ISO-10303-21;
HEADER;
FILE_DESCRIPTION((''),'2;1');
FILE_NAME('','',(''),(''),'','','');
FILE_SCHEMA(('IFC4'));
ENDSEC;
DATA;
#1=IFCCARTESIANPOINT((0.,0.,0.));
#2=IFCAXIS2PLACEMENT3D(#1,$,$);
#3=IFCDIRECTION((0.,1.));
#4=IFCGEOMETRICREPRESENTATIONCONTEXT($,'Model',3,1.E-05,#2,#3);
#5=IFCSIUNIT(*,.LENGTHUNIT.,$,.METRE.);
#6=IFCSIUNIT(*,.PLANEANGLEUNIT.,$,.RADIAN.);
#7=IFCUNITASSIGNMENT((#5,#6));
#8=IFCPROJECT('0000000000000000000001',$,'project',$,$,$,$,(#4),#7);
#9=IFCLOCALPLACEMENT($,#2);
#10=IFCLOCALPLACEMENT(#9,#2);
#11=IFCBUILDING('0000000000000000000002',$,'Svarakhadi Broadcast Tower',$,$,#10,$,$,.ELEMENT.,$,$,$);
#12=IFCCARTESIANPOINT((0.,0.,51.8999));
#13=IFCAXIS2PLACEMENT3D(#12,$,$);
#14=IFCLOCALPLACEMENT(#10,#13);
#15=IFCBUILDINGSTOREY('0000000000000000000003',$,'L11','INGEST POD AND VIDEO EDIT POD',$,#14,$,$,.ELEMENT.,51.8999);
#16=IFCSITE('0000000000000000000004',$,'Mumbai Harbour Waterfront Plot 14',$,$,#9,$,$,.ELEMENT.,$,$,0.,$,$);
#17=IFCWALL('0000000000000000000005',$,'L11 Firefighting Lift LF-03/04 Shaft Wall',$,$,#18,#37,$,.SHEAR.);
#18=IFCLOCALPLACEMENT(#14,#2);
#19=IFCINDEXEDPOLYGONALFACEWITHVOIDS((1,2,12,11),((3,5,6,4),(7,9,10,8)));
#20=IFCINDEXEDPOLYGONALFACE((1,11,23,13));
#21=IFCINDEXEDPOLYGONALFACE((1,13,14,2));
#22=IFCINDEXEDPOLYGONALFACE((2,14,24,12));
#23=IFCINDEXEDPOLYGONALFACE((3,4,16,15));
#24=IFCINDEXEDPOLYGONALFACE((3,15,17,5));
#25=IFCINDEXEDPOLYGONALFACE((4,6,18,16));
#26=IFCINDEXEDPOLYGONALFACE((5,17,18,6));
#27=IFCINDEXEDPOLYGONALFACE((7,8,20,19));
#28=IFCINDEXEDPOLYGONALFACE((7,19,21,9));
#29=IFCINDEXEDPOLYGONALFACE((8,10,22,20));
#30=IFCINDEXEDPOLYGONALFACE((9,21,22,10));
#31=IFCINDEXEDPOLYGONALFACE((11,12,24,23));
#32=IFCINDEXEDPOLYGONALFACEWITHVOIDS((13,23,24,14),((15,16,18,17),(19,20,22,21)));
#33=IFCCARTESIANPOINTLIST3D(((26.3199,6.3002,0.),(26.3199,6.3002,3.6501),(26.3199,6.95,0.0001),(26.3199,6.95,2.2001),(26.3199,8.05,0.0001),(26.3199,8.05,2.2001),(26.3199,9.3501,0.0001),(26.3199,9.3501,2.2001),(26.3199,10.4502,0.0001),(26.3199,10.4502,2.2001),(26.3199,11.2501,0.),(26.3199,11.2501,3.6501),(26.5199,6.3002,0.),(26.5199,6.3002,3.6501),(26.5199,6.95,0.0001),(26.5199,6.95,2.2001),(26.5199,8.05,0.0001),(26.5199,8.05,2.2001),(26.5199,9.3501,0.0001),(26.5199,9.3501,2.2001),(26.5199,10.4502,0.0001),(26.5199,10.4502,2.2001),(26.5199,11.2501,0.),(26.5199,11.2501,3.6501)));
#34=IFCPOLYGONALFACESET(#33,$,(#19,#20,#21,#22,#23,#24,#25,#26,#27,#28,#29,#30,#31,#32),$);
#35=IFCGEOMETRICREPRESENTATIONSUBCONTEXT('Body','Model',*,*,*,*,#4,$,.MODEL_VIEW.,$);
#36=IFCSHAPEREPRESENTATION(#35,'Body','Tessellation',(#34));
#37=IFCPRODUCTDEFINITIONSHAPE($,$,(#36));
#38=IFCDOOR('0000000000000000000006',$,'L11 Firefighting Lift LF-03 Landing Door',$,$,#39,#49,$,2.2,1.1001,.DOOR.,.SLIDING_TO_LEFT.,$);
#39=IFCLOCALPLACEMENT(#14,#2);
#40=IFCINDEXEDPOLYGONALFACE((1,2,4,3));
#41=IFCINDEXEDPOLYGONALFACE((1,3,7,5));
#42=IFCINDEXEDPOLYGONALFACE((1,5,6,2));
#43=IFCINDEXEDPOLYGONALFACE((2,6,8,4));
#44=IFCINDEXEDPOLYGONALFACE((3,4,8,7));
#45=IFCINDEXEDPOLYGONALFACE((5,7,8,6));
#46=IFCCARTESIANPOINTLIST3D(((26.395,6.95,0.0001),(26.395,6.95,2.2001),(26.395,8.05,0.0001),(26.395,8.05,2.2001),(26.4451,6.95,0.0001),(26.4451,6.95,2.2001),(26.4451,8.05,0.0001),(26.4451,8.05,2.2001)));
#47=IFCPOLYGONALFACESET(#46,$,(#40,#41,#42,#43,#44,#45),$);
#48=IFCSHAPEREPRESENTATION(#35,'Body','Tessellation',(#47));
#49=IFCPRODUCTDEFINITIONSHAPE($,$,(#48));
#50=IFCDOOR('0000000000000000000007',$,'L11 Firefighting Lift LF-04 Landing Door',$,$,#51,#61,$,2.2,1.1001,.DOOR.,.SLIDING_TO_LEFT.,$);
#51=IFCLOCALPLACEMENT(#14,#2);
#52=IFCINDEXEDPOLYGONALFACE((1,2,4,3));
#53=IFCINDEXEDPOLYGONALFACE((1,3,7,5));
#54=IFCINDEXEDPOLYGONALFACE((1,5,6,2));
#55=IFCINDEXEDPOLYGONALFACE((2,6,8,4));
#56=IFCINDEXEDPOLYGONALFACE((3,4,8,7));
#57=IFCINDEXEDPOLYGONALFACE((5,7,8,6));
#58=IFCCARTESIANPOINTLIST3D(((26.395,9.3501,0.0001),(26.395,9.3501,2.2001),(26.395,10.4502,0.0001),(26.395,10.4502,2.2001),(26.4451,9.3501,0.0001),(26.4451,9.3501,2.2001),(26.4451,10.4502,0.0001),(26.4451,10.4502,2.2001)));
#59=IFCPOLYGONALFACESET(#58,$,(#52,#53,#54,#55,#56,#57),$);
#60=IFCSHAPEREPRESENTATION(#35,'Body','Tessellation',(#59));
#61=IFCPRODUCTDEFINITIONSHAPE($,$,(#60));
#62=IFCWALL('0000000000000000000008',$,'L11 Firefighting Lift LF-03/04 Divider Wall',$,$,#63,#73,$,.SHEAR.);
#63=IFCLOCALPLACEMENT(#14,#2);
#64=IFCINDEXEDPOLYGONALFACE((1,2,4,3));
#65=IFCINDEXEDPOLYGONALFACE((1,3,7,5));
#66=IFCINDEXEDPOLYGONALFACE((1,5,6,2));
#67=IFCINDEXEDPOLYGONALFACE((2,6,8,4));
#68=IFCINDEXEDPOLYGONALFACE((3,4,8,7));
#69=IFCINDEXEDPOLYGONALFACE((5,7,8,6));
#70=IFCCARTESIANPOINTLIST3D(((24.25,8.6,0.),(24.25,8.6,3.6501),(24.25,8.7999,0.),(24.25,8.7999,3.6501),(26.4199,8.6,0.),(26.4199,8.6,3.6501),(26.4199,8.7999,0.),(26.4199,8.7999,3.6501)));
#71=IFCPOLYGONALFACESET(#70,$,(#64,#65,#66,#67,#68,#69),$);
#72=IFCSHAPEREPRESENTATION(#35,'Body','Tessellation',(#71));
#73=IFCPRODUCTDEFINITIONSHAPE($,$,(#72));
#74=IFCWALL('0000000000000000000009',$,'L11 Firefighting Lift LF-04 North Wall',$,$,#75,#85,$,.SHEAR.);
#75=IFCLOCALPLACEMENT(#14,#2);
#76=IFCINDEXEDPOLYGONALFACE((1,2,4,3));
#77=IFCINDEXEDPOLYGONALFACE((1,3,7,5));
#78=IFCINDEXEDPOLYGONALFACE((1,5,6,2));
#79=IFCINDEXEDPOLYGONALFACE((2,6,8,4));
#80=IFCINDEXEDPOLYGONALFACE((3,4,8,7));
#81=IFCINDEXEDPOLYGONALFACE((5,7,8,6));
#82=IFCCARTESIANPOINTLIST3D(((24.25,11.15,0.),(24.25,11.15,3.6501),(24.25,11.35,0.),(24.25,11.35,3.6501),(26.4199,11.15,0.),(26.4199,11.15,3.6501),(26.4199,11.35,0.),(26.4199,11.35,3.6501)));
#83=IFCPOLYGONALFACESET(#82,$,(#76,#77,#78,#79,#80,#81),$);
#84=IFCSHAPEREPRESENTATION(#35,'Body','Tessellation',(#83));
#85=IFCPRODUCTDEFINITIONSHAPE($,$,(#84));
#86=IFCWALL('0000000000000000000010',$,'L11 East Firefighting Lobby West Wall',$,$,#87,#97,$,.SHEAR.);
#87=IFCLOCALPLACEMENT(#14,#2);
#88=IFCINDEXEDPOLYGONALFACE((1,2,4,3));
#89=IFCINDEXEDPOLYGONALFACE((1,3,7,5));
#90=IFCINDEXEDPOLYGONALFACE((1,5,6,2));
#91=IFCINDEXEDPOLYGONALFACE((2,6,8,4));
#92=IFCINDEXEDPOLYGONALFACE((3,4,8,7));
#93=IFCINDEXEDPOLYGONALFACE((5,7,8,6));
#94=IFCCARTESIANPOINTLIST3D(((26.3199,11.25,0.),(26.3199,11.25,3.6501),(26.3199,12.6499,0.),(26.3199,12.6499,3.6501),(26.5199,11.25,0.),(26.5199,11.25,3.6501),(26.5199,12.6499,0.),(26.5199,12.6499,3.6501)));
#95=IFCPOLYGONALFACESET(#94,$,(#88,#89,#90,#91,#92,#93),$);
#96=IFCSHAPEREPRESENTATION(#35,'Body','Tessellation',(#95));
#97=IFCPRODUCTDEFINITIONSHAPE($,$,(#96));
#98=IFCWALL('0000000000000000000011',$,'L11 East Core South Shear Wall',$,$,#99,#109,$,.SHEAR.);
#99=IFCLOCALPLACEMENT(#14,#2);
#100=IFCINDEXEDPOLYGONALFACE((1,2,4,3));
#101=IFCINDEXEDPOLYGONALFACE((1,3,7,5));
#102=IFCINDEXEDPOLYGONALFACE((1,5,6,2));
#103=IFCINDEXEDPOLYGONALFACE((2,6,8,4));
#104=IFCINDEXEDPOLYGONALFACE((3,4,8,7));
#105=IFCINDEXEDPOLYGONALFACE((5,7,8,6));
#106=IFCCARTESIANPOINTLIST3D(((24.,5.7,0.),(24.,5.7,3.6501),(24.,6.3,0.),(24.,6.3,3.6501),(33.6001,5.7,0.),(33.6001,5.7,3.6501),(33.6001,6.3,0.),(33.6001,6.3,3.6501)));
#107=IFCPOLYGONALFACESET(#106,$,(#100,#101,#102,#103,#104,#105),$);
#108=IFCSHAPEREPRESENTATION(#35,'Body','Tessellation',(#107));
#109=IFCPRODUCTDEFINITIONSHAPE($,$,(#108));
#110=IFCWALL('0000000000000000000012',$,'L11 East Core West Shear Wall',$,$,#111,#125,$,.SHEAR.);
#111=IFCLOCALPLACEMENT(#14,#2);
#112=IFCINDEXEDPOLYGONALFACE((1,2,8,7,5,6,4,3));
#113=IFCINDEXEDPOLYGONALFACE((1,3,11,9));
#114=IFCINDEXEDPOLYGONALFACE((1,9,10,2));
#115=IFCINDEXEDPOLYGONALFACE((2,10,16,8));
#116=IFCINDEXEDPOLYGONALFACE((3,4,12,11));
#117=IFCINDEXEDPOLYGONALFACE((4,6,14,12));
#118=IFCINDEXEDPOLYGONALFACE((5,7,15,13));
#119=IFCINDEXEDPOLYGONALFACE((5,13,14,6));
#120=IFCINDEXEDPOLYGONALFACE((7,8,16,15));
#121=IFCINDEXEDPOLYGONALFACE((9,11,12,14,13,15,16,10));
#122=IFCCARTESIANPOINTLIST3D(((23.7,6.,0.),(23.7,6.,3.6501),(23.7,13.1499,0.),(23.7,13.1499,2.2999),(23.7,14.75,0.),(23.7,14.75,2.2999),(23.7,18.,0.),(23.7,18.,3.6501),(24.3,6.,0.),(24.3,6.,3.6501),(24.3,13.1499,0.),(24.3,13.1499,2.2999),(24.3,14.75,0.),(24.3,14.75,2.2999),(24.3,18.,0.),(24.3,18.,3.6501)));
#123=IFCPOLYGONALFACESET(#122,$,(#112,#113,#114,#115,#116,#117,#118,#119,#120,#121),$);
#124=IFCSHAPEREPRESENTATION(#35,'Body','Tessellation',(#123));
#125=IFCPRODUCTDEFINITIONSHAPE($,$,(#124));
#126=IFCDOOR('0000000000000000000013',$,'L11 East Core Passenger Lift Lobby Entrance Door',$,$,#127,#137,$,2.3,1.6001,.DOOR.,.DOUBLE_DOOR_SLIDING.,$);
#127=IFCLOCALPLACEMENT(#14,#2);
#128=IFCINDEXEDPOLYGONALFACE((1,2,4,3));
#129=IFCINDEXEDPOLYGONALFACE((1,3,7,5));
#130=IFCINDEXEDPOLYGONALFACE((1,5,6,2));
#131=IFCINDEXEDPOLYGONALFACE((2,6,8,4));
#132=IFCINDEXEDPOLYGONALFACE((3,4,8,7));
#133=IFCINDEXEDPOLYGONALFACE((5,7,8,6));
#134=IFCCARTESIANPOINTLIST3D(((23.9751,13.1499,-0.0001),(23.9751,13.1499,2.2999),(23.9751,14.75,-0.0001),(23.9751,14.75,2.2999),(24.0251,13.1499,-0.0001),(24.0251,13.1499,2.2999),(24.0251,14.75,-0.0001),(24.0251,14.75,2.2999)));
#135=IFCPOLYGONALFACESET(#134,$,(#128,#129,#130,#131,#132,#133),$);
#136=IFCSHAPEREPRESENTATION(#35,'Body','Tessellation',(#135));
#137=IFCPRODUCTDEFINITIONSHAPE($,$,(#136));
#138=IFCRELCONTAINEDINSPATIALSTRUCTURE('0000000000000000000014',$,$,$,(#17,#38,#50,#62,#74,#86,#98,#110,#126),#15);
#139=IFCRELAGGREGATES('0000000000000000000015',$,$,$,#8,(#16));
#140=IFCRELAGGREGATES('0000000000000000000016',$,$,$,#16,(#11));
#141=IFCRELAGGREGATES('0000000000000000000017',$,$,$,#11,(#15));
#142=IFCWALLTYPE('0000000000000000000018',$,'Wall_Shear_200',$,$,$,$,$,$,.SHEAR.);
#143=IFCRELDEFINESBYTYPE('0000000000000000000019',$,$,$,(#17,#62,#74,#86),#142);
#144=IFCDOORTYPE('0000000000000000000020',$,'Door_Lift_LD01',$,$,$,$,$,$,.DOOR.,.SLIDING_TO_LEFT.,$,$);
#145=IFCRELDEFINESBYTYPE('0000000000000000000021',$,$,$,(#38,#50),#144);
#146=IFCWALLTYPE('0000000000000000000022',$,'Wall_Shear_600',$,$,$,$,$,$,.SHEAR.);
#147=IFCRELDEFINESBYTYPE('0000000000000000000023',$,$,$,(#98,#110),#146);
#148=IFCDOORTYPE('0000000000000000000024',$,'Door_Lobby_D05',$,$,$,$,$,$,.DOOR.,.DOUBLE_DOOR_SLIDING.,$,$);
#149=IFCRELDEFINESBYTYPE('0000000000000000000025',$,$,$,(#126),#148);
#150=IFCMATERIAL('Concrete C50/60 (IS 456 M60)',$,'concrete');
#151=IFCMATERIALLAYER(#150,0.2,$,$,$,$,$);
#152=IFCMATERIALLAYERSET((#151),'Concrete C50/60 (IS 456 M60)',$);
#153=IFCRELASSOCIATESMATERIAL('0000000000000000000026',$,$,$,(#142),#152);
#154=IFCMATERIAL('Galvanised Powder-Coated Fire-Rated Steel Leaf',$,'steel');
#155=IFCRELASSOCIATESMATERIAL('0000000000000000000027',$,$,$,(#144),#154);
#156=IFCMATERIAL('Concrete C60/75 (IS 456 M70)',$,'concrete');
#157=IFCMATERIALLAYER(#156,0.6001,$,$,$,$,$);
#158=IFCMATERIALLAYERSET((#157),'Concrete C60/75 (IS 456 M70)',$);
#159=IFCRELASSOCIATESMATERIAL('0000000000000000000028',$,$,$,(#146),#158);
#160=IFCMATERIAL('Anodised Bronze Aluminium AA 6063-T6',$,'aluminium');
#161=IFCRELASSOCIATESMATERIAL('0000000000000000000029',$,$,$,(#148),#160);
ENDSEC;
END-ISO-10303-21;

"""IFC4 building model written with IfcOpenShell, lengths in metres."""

from ifc_helpers import new_model, si_unit, direction, frame, frame_2d, origin, place, context, subcontext, project, spatial, rectangle, extrude, material, layer, layer_set, type_object, element, fill, save


model = new_model("IFC4")

# Units and contexts
model_context = context("Model", 3, precision=1e-05, world=origin(), true_north=direction((0.0, 1.0)))
body_context = subcontext(model_context, "Body", "Model", "MODEL_VIEW")
ifc_project = project(units=[si_unit("LENGTHUNIT", "METRE"), si_unit("PLANEANGLEUNIT", "RADIAN")], contexts=[model_context])

# Site, building, storey
site_placement = place(None, origin())
site = spatial("IfcSite", under=ifc_project, at=site_placement, Name="Mumbai Harbour Waterfront Plot 14", CompositionType="ELEMENT", RefElevation=0.0)
building_placement = place(site_placement, origin())
building = spatial("IfcBuilding", under=site, at=building_placement, Name="Svarakhadi Broadcast Tower", CompositionType="ELEMENT")
storey_placement = place(building_placement, frame((0.0, 0.0, 51.8999)))
storey = spatial("IfcBuildingStorey", under=building, at=storey_placement, Name="L11", Description="INGEST POD AND VIDEO EDIT POD", CompositionType="ELEMENT", Elevation=51.8999)

# Shared definitions
ifc_material_1 = material(Name="Concrete C60/75 (IS 456 M70)", Category="concrete")

# Wall, openings, doors
ifc_material_2 = material(Name="Concrete C50/60 (IS 456 M60)", Category="concrete")
ifc_layer_1 = layer(ifc_material_2, 0.2)
ifc_layer_set_1 = layer_set([ifc_layer_1], Name="Concrete C50/60 (IS 456 M60)")
wall_type_1 = type_object("IfcWallType", Name="Wall_Shear_200", PredefinedType="SHEAR", material=ifc_layer_set_1)
wall_1_placement = place(storey_placement, frame((26.4199, 6.3, 0.0), z_axis=(0.0, 0.0, 1.0), x_axis=(0.0, 1.0, 0.0)))
wall_1 = element("IfcWall", 1, at=wall_1_placement, inside=storey, type_object=wall_type_1, Name="L11 Firefighting Lift LF-03/04 Shaft Wall", PredefinedType="SHEAR", context=body_context, shape_type="SweptSolid", body=[
    extrude(rectangle(XDim=4.95, YDim=0.2, at=frame_2d((2.4751, 0.0))), origin(), (0.0, 0.0, 1.0), 3.6501),
])
opening_1_placement = place(wall_1_placement, frame((0.6499, 0.0, 0.0)))
opening_1 = element("IfcOpeningElement", 2, at=opening_1_placement, cuts=wall_1, PredefinedType="OPENING", context=body_context, shape_type="SweptSolid", body=[
    extrude(rectangle(XDim=1.1001, YDim=2.2, at=frame_2d((0.55, 1.1001))), frame((0.0, 0.1099, 0.0), z_axis=(0.0, -1.0, 0.0), x_axis=(1.0, 0.0, 0.0)), (0.0, 0.0, 1.0), 0.22),
])
opening_2_placement = place(wall_1_placement, frame((3.05, 0.0, 0.0)))
opening_2 = element("IfcOpeningElement", 3, at=opening_2_placement, cuts=wall_1, PredefinedType="OPENING", context=body_context, shape_type="SweptSolid", body=[
    extrude(rectangle(XDim=1.1001, YDim=2.2, at=frame_2d((0.55, 1.1001))), frame((0.0, 0.1099, 0.0), z_axis=(0.0, -1.0, 0.0), x_axis=(1.0, 0.0, 0.0)), (0.0, 0.0, 1.0), 0.22),
])
ifc_material_3 = material(Name="Galvanised Powder-Coated Fire-Rated Steel Leaf", Category="steel")
door_type_1 = type_object("IfcDoorType", Name="Door_Lift_LD01", OperationType="SLIDING_TO_LEFT", PredefinedType="DOOR", material=ifc_material_3)
door_1_placement = place(opening_1_placement, origin())
door_1 = element("IfcDoor", 4, at=door_1_placement, inside=storey, type_object=door_type_1, Name="L11 Firefighting Lift LF-03 Landing Door", OperationType="SLIDING_TO_LEFT", OverallHeight=2.2, OverallWidth=1.1001, PredefinedType="DOOR", context=body_context, shape_type="SweptSolid", body=[
    extrude(rectangle(XDim=1.1001, YDim=2.2, at=frame_2d((0.55, 1.1001))), frame((0.0, 0.0249, 0.0), z_axis=(0.0, -1.0, 0.0), x_axis=(1.0, 0.0, 0.0)), (0.0, 0.0, 1.0), 0.05),
])
fill(opening_1, door_1)
door_2_placement = place(opening_2_placement, origin())
door_2 = element("IfcDoor", 5, at=door_2_placement, inside=storey, type_object=door_type_1, Name="L11 Firefighting Lift LF-04 Landing Door", OperationType="SLIDING_TO_LEFT", OverallHeight=2.2, OverallWidth=1.1001, PredefinedType="DOOR", context=body_context, shape_type="SweptSolid", body=[
    extrude(rectangle(XDim=1.1001, YDim=2.2, at=frame_2d((0.55, 1.1001))), frame((0.0, 0.0249, 0.0), z_axis=(0.0, -1.0, 0.0), x_axis=(1.0, 0.0, 0.0)), (0.0, 0.0, 1.0), 0.05),
])
fill(opening_2, door_2)

# Walls
for number, where, z_axis, x_axis, name in (
    (6, (24.25, 8.7, 0.0), (0.0, 0.0, 1.0), (1.0, 0.0, 0.0), "L11 Firefighting Lift LF-03/04 Divider Wall"),
    (7, (24.25, 11.25, 0.0), (0.0, 0.0, 1.0), (1.0, 0.0, 0.0), "L11 Firefighting Lift LF-04 North Wall"),
):
    element("IfcWall", number, at=place(storey_placement, frame(where, z_axis=z_axis, x_axis=x_axis)), inside=storey, type_object=wall_type_1, Name=name, PredefinedType="SHEAR", context=body_context, shape_type="SweptSolid", body=[
        extrude(rectangle(XDim=2.1699, YDim=0.2, at=frame_2d((1.085, 0.0))), origin(), (0.0, 0.0, 1.0), 3.6501),
    ])
wall_2_placement = place(storey_placement, frame((26.4199, 11.25, 0.0), z_axis=(0.0, 0.0, 1.0), x_axis=(0.0, 1.0, 0.0)))
element("IfcWall", 8, at=wall_2_placement, inside=storey, type_object=wall_type_1, Name="L11 East Firefighting Lobby West Wall", PredefinedType="SHEAR", context=body_context, shape_type="SweptSolid", body=[
    extrude(rectangle(XDim=1.3999, YDim=0.2, at=frame_2d((0.7, 0.0))), origin(), (0.0, 0.0, 1.0), 3.6501),
])
ifc_layer_2 = layer(ifc_material_1, 0.6001)
ifc_layer_set_2 = layer_set([ifc_layer_2], Name="Concrete C60/75 (IS 456 M70)")
wall_type_2 = type_object("IfcWallType", Name="Wall_Shear_600", PredefinedType="SHEAR", material=ifc_layer_set_2)
wall_3_placement = place(storey_placement, frame((24.0, 6.0, 0.0), z_axis=(0.0, 0.0, 1.0), x_axis=(1.0, 0.0, 0.0)))
element("IfcWall", 9, at=wall_3_placement, inside=storey, type_object=wall_type_2, Name="L11 East Core South Shear Wall", PredefinedType="SHEAR", context=body_context, shape_type="SweptSolid", body=[
    extrude(rectangle(XDim=9.6001, YDim=0.6001, at=frame_2d((4.8, 0.0))), origin(), (0.0, 0.0, 1.0), 3.6501),
])

# Wall, opening, door
wall_4_placement = place(storey_placement, frame((24.0, 6.0, 0.0), z_axis=(0.0, 0.0, 1.0), x_axis=(0.0, 1.0, 0.0)))
wall_4 = element("IfcWall", 10, at=wall_4_placement, inside=storey, type_object=wall_type_2, Name="L11 East Core West Shear Wall", PredefinedType="SHEAR", context=body_context, shape_type="SweptSolid", body=[
    extrude(rectangle(XDim=12.0, YDim=0.6001, at=frame_2d((6.0, 0.0))), origin(), (0.0, 0.0, 1.0), 3.6501),
])
opening_3_placement = place(wall_4_placement, frame((7.1499, 0.0, 0.0)))
opening_3 = element("IfcOpeningElement", 11, at=opening_3_placement, cuts=wall_4, PredefinedType="OPENING", context=body_context, shape_type="SweptSolid", body=[
    extrude(rectangle(XDim=1.6001, YDim=2.3, at=frame_2d((0.8, 1.1499))), frame((0.0, 0.3101, 0.0), z_axis=(0.0, -1.0, 0.0), x_axis=(1.0, 0.0, 0.0)), (0.0, 0.0, 1.0), 0.6201),
])
ifc_material_4 = material(Name="Anodised Bronze Aluminium AA 6063-T6", Category="aluminium")
door_type_2 = type_object("IfcDoorType", Name="Door_Lobby_D05", OperationType="DOUBLE_DOOR_SLIDING", PredefinedType="DOOR", material=ifc_material_4)
door_3_placement = place(opening_3_placement, origin())
door_3 = element("IfcDoor", 12, at=door_3_placement, inside=storey, type_object=door_type_2, Name="L11 East Core Passenger Lift Lobby Entrance Door", OperationType="DOUBLE_DOOR_SLIDING", OverallHeight=2.3, OverallWidth=1.6001, PredefinedType="DOOR", context=body_context, shape_type="SweptSolid", body=[
    extrude(rectangle(XDim=1.6001, YDim=2.3, at=frame_2d((0.8, 1.1499))), frame((0.0, 0.0249, 0.0), z_axis=(0.0, -1.0, 0.0), x_axis=(1.0, 0.0, 0.0)), (0.0, 0.0, 1.0), 0.05),
])
fill(opening_3, door_3)

save(model, "model.ifc")
